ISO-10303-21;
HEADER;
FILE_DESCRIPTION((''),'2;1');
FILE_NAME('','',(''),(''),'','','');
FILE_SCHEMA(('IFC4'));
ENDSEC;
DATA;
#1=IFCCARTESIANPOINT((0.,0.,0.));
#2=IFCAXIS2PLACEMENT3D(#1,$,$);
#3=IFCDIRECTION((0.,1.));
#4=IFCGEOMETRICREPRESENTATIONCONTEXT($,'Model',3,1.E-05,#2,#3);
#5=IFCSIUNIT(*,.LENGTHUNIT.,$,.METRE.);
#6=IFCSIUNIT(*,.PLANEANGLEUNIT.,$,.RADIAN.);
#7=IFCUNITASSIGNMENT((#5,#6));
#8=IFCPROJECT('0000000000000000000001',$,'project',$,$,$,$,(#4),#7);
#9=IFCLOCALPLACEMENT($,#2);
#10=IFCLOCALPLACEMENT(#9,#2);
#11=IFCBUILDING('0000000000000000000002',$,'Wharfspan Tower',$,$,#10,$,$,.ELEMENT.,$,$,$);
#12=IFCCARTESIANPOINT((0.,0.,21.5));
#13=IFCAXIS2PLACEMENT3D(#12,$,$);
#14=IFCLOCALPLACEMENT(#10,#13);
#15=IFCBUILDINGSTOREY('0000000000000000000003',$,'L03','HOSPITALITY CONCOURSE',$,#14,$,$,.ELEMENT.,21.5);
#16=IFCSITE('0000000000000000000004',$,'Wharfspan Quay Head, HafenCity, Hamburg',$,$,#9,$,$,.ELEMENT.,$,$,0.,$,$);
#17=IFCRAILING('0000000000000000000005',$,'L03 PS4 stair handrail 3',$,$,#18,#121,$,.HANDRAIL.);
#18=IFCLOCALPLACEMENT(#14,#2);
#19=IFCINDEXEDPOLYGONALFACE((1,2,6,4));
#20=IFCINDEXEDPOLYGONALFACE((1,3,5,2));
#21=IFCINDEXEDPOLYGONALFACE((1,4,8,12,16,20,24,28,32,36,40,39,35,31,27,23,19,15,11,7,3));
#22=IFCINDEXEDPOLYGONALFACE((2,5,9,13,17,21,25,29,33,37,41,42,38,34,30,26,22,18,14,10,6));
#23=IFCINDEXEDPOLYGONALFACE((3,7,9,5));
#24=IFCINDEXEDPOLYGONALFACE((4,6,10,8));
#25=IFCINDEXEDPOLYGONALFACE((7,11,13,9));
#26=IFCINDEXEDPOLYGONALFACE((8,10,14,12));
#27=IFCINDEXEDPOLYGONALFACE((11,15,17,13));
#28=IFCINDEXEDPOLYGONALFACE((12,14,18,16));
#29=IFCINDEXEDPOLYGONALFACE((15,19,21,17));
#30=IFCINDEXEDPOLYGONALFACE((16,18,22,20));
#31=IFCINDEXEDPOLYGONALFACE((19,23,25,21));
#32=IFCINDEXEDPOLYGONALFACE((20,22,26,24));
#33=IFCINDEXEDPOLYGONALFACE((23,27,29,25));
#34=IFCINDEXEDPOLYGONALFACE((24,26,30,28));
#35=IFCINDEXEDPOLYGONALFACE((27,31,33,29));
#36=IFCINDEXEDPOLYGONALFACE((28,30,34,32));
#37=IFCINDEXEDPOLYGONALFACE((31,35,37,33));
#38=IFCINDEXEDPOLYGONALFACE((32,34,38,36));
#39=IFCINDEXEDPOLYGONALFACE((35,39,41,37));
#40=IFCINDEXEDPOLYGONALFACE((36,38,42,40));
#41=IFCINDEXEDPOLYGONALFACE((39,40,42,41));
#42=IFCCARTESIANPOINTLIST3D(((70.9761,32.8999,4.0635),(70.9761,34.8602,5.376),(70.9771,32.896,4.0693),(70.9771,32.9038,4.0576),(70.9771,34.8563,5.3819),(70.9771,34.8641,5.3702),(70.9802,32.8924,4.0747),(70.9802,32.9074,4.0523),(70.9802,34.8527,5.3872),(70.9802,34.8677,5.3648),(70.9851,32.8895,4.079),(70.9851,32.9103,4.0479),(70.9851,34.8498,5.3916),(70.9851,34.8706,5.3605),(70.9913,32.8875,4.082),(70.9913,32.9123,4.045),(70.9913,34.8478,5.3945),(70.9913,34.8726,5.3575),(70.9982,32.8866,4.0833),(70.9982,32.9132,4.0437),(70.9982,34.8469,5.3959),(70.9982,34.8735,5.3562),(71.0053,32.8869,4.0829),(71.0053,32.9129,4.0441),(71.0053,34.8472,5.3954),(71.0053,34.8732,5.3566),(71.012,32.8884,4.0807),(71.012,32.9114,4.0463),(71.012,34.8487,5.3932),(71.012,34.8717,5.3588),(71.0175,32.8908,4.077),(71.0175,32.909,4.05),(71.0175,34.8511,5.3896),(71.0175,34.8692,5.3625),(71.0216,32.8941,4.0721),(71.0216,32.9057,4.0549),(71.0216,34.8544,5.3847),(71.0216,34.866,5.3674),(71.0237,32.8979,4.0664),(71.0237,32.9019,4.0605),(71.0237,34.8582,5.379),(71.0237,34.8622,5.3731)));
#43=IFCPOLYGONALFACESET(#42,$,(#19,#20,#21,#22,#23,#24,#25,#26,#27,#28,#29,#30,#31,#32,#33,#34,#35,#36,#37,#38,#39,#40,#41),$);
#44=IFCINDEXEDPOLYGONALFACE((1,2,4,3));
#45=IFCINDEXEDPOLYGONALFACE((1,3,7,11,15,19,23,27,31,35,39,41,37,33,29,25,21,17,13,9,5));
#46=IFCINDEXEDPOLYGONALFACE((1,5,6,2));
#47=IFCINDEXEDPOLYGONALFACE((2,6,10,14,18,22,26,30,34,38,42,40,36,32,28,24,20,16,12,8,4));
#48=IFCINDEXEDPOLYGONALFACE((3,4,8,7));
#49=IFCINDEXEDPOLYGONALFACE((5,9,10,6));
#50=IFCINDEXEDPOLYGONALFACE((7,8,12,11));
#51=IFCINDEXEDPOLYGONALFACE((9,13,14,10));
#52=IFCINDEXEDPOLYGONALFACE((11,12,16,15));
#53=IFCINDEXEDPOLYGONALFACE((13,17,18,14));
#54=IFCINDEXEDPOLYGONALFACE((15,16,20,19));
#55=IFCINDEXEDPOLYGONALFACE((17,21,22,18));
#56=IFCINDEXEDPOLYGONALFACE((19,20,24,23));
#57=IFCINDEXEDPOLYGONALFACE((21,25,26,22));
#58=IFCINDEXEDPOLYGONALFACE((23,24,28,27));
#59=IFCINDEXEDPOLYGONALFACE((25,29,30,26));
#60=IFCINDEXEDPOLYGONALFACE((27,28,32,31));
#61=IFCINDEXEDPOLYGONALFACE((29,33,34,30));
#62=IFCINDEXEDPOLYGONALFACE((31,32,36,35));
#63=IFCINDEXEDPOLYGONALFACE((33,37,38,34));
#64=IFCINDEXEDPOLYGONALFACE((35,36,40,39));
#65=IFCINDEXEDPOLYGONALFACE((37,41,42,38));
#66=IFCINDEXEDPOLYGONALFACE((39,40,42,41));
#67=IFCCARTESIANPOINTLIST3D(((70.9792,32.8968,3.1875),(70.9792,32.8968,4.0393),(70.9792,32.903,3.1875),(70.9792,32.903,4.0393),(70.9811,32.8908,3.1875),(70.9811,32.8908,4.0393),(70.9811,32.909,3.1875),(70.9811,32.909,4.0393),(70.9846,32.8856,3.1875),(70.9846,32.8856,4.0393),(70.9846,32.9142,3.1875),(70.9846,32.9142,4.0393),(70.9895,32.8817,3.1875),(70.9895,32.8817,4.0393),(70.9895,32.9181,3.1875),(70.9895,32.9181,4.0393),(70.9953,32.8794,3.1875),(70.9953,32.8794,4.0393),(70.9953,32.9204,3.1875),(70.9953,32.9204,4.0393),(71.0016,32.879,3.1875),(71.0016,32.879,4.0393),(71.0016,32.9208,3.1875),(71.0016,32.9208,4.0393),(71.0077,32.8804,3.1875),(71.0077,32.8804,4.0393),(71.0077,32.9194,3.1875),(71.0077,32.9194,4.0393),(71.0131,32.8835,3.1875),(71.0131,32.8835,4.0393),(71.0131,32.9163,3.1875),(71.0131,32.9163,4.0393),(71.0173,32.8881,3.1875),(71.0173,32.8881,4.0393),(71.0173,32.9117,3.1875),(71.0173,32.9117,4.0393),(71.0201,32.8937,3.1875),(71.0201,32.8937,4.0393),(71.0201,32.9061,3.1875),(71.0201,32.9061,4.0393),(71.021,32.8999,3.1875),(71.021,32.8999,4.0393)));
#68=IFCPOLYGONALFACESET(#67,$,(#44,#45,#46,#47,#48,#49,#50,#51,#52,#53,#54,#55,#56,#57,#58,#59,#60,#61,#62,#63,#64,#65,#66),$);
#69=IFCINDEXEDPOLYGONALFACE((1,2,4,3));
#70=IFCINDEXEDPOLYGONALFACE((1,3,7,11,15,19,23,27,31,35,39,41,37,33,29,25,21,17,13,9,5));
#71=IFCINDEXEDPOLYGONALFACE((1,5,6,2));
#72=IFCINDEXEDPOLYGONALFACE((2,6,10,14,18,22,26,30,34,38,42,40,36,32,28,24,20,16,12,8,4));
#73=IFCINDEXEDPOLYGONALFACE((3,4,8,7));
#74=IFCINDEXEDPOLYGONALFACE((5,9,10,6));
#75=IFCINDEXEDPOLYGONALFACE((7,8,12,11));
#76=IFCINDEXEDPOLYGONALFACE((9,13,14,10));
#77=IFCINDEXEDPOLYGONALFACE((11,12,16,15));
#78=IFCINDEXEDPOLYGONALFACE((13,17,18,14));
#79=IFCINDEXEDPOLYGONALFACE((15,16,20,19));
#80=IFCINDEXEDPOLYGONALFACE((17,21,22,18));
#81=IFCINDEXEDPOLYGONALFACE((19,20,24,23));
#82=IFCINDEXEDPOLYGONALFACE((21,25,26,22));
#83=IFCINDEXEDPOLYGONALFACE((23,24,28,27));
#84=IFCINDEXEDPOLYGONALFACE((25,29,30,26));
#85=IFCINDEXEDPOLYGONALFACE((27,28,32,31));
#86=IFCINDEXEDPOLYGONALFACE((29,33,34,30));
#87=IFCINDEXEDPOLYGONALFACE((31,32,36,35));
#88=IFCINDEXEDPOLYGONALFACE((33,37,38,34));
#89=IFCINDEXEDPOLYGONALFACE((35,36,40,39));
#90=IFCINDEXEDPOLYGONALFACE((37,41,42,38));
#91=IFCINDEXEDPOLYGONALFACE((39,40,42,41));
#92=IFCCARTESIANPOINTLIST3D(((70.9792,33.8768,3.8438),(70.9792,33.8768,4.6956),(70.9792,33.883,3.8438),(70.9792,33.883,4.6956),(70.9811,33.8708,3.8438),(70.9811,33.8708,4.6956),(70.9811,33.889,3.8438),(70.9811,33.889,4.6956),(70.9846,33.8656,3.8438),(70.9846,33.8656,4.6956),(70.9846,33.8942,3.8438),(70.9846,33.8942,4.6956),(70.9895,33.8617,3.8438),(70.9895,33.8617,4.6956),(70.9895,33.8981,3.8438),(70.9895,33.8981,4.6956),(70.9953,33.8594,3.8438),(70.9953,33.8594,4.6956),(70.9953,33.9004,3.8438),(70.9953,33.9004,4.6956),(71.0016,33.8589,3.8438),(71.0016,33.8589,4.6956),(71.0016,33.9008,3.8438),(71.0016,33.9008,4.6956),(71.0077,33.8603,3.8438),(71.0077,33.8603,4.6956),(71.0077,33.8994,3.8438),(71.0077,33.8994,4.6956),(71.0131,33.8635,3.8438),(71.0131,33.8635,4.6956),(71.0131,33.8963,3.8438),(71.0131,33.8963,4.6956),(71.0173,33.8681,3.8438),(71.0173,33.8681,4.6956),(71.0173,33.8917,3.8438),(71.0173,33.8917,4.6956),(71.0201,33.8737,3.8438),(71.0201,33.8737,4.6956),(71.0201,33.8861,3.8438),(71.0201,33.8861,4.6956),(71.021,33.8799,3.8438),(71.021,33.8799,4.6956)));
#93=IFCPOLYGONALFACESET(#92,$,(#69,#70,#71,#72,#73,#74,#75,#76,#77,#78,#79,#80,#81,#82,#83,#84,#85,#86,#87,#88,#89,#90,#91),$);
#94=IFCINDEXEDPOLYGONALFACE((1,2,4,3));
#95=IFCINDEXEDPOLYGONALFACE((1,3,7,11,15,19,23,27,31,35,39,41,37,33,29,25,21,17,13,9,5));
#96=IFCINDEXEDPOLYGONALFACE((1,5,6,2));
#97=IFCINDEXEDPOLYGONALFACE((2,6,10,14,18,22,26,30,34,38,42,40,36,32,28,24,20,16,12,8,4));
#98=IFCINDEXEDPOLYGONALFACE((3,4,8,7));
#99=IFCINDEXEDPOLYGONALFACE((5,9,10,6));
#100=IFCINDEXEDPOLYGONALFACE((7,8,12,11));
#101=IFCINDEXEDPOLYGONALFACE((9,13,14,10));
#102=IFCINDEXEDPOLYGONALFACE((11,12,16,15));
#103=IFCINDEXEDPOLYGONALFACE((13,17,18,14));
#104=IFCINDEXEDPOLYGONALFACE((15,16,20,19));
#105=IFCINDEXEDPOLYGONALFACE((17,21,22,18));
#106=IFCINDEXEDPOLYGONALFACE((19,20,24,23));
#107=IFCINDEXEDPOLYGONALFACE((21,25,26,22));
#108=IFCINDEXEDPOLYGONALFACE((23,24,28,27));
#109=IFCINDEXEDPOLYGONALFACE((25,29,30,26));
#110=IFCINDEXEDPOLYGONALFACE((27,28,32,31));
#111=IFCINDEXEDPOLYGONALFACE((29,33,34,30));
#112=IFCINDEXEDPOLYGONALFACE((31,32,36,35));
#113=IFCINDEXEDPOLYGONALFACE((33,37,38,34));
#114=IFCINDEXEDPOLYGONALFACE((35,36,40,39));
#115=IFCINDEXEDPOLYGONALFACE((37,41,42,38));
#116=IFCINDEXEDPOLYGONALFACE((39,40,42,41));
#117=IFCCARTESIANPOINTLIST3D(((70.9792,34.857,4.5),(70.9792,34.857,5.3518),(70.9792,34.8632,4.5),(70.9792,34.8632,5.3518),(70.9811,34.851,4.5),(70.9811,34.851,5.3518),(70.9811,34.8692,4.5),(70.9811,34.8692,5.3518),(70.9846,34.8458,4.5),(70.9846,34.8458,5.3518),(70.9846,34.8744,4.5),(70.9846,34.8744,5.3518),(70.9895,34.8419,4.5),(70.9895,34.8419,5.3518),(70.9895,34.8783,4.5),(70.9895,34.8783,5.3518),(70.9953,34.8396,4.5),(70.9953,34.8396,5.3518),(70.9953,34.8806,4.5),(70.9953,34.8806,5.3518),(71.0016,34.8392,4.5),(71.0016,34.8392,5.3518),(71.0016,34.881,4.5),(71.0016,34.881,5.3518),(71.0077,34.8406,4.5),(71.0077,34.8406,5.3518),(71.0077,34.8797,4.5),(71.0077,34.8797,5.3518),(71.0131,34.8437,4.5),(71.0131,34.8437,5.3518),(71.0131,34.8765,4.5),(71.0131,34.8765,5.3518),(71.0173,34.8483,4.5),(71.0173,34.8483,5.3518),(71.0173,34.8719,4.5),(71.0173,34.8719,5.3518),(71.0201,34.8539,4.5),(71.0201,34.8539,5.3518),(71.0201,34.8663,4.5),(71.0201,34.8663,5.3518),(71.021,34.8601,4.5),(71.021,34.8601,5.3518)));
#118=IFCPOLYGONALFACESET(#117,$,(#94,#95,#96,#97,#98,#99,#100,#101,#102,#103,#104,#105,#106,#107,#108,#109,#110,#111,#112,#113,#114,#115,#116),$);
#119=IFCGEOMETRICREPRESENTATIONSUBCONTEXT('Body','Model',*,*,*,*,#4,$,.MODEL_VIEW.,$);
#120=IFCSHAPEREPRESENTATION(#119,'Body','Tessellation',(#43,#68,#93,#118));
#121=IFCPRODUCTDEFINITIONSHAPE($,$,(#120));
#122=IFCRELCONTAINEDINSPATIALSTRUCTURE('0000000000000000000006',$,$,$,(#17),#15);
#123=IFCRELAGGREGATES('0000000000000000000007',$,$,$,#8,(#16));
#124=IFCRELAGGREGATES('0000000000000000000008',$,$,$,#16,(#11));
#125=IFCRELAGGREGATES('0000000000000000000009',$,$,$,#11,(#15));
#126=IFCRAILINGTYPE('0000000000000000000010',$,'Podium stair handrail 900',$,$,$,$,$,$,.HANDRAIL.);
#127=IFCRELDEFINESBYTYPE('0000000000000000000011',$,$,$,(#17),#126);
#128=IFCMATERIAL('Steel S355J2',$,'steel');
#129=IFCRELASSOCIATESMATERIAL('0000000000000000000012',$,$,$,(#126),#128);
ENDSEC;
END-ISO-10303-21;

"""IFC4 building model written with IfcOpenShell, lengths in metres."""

from ifc_helpers import new_model, si_unit, direction, frame, origin, origin_2d, place, context, subcontext, project, spatial, circle, extrude, material, type_object, element, save


model = new_model("IFC4")

# Units and contexts
model_context = context("Model", 3, precision=1e-05, world=origin(), true_north=direction((0.0, 1.0)))
body_context = subcontext(model_context, "Body", "Model", "MODEL_VIEW")
ifc_project = project(units=[si_unit("LENGTHUNIT", "METRE"), si_unit("PLANEANGLEUNIT", "RADIAN")], contexts=[model_context])

# Site, building, storey
site_placement = place(None, origin())
site = spatial("IfcSite", under=ifc_project, at=site_placement, Name="Wharfspan Quay Head, HafenCity, Hamburg", CompositionType="ELEMENT", RefElevation=0.0)
building_placement = place(site_placement, origin())
building = spatial("IfcBuilding", under=site, at=building_placement, Name="Wharfspan Tower", CompositionType="ELEMENT")
storey_placement = place(building_placement, frame((0.0, 0.0, 21.5)))
storey = spatial("IfcBuildingStorey", under=building, at=storey_placement, Name="L03", Description="HOSPITALITY CONCOURSE", CompositionType="ELEMENT", Elevation=21.5)

# Railing
ifc_material_1 = material(Name="Steel S355J2", Category="steel")
railing_type_1 = type_object("IfcRailingType", Name="Podium stair handrail 900", PredefinedType="HANDRAIL", material=ifc_material_1)
railing_1_placement = place(storey_placement, frame((71.0, 32.8999, 3.1875)))
element("IfcRailing", 1, at=railing_1_placement, inside=storey, type_object=railing_type_1, Name="L03 PS4 stair handrail 3", PredefinedType="HANDRAIL", context=body_context, shape_type="SweptSolid", body=[
    extrude(circle(Radius=0.0239, at=origin_2d()), frame((0.0, 0.0, 0.876), z_axis=(0.0, 0.830934, 0.556371), x_axis=(-1.0, 0.0, 0.0)), (0.0, 0.0, 1.0), 2.3591),
    extrude(circle(Radius=0.021, at=origin_2d()), origin(), (0.0, 0.0, 1.0), 0.8518),
    extrude(circle(Radius=0.021, at=origin_2d()), frame((0.0, 0.98, 0.6562)), (0.0, 0.0, 1.0), 0.8518),
    extrude(circle(Radius=0.021, at=origin_2d()), frame((0.0, 1.9602, 1.3125)), (0.0, 0.0, 1.0), 0.8518),
])

save(model, "model.ifc")
